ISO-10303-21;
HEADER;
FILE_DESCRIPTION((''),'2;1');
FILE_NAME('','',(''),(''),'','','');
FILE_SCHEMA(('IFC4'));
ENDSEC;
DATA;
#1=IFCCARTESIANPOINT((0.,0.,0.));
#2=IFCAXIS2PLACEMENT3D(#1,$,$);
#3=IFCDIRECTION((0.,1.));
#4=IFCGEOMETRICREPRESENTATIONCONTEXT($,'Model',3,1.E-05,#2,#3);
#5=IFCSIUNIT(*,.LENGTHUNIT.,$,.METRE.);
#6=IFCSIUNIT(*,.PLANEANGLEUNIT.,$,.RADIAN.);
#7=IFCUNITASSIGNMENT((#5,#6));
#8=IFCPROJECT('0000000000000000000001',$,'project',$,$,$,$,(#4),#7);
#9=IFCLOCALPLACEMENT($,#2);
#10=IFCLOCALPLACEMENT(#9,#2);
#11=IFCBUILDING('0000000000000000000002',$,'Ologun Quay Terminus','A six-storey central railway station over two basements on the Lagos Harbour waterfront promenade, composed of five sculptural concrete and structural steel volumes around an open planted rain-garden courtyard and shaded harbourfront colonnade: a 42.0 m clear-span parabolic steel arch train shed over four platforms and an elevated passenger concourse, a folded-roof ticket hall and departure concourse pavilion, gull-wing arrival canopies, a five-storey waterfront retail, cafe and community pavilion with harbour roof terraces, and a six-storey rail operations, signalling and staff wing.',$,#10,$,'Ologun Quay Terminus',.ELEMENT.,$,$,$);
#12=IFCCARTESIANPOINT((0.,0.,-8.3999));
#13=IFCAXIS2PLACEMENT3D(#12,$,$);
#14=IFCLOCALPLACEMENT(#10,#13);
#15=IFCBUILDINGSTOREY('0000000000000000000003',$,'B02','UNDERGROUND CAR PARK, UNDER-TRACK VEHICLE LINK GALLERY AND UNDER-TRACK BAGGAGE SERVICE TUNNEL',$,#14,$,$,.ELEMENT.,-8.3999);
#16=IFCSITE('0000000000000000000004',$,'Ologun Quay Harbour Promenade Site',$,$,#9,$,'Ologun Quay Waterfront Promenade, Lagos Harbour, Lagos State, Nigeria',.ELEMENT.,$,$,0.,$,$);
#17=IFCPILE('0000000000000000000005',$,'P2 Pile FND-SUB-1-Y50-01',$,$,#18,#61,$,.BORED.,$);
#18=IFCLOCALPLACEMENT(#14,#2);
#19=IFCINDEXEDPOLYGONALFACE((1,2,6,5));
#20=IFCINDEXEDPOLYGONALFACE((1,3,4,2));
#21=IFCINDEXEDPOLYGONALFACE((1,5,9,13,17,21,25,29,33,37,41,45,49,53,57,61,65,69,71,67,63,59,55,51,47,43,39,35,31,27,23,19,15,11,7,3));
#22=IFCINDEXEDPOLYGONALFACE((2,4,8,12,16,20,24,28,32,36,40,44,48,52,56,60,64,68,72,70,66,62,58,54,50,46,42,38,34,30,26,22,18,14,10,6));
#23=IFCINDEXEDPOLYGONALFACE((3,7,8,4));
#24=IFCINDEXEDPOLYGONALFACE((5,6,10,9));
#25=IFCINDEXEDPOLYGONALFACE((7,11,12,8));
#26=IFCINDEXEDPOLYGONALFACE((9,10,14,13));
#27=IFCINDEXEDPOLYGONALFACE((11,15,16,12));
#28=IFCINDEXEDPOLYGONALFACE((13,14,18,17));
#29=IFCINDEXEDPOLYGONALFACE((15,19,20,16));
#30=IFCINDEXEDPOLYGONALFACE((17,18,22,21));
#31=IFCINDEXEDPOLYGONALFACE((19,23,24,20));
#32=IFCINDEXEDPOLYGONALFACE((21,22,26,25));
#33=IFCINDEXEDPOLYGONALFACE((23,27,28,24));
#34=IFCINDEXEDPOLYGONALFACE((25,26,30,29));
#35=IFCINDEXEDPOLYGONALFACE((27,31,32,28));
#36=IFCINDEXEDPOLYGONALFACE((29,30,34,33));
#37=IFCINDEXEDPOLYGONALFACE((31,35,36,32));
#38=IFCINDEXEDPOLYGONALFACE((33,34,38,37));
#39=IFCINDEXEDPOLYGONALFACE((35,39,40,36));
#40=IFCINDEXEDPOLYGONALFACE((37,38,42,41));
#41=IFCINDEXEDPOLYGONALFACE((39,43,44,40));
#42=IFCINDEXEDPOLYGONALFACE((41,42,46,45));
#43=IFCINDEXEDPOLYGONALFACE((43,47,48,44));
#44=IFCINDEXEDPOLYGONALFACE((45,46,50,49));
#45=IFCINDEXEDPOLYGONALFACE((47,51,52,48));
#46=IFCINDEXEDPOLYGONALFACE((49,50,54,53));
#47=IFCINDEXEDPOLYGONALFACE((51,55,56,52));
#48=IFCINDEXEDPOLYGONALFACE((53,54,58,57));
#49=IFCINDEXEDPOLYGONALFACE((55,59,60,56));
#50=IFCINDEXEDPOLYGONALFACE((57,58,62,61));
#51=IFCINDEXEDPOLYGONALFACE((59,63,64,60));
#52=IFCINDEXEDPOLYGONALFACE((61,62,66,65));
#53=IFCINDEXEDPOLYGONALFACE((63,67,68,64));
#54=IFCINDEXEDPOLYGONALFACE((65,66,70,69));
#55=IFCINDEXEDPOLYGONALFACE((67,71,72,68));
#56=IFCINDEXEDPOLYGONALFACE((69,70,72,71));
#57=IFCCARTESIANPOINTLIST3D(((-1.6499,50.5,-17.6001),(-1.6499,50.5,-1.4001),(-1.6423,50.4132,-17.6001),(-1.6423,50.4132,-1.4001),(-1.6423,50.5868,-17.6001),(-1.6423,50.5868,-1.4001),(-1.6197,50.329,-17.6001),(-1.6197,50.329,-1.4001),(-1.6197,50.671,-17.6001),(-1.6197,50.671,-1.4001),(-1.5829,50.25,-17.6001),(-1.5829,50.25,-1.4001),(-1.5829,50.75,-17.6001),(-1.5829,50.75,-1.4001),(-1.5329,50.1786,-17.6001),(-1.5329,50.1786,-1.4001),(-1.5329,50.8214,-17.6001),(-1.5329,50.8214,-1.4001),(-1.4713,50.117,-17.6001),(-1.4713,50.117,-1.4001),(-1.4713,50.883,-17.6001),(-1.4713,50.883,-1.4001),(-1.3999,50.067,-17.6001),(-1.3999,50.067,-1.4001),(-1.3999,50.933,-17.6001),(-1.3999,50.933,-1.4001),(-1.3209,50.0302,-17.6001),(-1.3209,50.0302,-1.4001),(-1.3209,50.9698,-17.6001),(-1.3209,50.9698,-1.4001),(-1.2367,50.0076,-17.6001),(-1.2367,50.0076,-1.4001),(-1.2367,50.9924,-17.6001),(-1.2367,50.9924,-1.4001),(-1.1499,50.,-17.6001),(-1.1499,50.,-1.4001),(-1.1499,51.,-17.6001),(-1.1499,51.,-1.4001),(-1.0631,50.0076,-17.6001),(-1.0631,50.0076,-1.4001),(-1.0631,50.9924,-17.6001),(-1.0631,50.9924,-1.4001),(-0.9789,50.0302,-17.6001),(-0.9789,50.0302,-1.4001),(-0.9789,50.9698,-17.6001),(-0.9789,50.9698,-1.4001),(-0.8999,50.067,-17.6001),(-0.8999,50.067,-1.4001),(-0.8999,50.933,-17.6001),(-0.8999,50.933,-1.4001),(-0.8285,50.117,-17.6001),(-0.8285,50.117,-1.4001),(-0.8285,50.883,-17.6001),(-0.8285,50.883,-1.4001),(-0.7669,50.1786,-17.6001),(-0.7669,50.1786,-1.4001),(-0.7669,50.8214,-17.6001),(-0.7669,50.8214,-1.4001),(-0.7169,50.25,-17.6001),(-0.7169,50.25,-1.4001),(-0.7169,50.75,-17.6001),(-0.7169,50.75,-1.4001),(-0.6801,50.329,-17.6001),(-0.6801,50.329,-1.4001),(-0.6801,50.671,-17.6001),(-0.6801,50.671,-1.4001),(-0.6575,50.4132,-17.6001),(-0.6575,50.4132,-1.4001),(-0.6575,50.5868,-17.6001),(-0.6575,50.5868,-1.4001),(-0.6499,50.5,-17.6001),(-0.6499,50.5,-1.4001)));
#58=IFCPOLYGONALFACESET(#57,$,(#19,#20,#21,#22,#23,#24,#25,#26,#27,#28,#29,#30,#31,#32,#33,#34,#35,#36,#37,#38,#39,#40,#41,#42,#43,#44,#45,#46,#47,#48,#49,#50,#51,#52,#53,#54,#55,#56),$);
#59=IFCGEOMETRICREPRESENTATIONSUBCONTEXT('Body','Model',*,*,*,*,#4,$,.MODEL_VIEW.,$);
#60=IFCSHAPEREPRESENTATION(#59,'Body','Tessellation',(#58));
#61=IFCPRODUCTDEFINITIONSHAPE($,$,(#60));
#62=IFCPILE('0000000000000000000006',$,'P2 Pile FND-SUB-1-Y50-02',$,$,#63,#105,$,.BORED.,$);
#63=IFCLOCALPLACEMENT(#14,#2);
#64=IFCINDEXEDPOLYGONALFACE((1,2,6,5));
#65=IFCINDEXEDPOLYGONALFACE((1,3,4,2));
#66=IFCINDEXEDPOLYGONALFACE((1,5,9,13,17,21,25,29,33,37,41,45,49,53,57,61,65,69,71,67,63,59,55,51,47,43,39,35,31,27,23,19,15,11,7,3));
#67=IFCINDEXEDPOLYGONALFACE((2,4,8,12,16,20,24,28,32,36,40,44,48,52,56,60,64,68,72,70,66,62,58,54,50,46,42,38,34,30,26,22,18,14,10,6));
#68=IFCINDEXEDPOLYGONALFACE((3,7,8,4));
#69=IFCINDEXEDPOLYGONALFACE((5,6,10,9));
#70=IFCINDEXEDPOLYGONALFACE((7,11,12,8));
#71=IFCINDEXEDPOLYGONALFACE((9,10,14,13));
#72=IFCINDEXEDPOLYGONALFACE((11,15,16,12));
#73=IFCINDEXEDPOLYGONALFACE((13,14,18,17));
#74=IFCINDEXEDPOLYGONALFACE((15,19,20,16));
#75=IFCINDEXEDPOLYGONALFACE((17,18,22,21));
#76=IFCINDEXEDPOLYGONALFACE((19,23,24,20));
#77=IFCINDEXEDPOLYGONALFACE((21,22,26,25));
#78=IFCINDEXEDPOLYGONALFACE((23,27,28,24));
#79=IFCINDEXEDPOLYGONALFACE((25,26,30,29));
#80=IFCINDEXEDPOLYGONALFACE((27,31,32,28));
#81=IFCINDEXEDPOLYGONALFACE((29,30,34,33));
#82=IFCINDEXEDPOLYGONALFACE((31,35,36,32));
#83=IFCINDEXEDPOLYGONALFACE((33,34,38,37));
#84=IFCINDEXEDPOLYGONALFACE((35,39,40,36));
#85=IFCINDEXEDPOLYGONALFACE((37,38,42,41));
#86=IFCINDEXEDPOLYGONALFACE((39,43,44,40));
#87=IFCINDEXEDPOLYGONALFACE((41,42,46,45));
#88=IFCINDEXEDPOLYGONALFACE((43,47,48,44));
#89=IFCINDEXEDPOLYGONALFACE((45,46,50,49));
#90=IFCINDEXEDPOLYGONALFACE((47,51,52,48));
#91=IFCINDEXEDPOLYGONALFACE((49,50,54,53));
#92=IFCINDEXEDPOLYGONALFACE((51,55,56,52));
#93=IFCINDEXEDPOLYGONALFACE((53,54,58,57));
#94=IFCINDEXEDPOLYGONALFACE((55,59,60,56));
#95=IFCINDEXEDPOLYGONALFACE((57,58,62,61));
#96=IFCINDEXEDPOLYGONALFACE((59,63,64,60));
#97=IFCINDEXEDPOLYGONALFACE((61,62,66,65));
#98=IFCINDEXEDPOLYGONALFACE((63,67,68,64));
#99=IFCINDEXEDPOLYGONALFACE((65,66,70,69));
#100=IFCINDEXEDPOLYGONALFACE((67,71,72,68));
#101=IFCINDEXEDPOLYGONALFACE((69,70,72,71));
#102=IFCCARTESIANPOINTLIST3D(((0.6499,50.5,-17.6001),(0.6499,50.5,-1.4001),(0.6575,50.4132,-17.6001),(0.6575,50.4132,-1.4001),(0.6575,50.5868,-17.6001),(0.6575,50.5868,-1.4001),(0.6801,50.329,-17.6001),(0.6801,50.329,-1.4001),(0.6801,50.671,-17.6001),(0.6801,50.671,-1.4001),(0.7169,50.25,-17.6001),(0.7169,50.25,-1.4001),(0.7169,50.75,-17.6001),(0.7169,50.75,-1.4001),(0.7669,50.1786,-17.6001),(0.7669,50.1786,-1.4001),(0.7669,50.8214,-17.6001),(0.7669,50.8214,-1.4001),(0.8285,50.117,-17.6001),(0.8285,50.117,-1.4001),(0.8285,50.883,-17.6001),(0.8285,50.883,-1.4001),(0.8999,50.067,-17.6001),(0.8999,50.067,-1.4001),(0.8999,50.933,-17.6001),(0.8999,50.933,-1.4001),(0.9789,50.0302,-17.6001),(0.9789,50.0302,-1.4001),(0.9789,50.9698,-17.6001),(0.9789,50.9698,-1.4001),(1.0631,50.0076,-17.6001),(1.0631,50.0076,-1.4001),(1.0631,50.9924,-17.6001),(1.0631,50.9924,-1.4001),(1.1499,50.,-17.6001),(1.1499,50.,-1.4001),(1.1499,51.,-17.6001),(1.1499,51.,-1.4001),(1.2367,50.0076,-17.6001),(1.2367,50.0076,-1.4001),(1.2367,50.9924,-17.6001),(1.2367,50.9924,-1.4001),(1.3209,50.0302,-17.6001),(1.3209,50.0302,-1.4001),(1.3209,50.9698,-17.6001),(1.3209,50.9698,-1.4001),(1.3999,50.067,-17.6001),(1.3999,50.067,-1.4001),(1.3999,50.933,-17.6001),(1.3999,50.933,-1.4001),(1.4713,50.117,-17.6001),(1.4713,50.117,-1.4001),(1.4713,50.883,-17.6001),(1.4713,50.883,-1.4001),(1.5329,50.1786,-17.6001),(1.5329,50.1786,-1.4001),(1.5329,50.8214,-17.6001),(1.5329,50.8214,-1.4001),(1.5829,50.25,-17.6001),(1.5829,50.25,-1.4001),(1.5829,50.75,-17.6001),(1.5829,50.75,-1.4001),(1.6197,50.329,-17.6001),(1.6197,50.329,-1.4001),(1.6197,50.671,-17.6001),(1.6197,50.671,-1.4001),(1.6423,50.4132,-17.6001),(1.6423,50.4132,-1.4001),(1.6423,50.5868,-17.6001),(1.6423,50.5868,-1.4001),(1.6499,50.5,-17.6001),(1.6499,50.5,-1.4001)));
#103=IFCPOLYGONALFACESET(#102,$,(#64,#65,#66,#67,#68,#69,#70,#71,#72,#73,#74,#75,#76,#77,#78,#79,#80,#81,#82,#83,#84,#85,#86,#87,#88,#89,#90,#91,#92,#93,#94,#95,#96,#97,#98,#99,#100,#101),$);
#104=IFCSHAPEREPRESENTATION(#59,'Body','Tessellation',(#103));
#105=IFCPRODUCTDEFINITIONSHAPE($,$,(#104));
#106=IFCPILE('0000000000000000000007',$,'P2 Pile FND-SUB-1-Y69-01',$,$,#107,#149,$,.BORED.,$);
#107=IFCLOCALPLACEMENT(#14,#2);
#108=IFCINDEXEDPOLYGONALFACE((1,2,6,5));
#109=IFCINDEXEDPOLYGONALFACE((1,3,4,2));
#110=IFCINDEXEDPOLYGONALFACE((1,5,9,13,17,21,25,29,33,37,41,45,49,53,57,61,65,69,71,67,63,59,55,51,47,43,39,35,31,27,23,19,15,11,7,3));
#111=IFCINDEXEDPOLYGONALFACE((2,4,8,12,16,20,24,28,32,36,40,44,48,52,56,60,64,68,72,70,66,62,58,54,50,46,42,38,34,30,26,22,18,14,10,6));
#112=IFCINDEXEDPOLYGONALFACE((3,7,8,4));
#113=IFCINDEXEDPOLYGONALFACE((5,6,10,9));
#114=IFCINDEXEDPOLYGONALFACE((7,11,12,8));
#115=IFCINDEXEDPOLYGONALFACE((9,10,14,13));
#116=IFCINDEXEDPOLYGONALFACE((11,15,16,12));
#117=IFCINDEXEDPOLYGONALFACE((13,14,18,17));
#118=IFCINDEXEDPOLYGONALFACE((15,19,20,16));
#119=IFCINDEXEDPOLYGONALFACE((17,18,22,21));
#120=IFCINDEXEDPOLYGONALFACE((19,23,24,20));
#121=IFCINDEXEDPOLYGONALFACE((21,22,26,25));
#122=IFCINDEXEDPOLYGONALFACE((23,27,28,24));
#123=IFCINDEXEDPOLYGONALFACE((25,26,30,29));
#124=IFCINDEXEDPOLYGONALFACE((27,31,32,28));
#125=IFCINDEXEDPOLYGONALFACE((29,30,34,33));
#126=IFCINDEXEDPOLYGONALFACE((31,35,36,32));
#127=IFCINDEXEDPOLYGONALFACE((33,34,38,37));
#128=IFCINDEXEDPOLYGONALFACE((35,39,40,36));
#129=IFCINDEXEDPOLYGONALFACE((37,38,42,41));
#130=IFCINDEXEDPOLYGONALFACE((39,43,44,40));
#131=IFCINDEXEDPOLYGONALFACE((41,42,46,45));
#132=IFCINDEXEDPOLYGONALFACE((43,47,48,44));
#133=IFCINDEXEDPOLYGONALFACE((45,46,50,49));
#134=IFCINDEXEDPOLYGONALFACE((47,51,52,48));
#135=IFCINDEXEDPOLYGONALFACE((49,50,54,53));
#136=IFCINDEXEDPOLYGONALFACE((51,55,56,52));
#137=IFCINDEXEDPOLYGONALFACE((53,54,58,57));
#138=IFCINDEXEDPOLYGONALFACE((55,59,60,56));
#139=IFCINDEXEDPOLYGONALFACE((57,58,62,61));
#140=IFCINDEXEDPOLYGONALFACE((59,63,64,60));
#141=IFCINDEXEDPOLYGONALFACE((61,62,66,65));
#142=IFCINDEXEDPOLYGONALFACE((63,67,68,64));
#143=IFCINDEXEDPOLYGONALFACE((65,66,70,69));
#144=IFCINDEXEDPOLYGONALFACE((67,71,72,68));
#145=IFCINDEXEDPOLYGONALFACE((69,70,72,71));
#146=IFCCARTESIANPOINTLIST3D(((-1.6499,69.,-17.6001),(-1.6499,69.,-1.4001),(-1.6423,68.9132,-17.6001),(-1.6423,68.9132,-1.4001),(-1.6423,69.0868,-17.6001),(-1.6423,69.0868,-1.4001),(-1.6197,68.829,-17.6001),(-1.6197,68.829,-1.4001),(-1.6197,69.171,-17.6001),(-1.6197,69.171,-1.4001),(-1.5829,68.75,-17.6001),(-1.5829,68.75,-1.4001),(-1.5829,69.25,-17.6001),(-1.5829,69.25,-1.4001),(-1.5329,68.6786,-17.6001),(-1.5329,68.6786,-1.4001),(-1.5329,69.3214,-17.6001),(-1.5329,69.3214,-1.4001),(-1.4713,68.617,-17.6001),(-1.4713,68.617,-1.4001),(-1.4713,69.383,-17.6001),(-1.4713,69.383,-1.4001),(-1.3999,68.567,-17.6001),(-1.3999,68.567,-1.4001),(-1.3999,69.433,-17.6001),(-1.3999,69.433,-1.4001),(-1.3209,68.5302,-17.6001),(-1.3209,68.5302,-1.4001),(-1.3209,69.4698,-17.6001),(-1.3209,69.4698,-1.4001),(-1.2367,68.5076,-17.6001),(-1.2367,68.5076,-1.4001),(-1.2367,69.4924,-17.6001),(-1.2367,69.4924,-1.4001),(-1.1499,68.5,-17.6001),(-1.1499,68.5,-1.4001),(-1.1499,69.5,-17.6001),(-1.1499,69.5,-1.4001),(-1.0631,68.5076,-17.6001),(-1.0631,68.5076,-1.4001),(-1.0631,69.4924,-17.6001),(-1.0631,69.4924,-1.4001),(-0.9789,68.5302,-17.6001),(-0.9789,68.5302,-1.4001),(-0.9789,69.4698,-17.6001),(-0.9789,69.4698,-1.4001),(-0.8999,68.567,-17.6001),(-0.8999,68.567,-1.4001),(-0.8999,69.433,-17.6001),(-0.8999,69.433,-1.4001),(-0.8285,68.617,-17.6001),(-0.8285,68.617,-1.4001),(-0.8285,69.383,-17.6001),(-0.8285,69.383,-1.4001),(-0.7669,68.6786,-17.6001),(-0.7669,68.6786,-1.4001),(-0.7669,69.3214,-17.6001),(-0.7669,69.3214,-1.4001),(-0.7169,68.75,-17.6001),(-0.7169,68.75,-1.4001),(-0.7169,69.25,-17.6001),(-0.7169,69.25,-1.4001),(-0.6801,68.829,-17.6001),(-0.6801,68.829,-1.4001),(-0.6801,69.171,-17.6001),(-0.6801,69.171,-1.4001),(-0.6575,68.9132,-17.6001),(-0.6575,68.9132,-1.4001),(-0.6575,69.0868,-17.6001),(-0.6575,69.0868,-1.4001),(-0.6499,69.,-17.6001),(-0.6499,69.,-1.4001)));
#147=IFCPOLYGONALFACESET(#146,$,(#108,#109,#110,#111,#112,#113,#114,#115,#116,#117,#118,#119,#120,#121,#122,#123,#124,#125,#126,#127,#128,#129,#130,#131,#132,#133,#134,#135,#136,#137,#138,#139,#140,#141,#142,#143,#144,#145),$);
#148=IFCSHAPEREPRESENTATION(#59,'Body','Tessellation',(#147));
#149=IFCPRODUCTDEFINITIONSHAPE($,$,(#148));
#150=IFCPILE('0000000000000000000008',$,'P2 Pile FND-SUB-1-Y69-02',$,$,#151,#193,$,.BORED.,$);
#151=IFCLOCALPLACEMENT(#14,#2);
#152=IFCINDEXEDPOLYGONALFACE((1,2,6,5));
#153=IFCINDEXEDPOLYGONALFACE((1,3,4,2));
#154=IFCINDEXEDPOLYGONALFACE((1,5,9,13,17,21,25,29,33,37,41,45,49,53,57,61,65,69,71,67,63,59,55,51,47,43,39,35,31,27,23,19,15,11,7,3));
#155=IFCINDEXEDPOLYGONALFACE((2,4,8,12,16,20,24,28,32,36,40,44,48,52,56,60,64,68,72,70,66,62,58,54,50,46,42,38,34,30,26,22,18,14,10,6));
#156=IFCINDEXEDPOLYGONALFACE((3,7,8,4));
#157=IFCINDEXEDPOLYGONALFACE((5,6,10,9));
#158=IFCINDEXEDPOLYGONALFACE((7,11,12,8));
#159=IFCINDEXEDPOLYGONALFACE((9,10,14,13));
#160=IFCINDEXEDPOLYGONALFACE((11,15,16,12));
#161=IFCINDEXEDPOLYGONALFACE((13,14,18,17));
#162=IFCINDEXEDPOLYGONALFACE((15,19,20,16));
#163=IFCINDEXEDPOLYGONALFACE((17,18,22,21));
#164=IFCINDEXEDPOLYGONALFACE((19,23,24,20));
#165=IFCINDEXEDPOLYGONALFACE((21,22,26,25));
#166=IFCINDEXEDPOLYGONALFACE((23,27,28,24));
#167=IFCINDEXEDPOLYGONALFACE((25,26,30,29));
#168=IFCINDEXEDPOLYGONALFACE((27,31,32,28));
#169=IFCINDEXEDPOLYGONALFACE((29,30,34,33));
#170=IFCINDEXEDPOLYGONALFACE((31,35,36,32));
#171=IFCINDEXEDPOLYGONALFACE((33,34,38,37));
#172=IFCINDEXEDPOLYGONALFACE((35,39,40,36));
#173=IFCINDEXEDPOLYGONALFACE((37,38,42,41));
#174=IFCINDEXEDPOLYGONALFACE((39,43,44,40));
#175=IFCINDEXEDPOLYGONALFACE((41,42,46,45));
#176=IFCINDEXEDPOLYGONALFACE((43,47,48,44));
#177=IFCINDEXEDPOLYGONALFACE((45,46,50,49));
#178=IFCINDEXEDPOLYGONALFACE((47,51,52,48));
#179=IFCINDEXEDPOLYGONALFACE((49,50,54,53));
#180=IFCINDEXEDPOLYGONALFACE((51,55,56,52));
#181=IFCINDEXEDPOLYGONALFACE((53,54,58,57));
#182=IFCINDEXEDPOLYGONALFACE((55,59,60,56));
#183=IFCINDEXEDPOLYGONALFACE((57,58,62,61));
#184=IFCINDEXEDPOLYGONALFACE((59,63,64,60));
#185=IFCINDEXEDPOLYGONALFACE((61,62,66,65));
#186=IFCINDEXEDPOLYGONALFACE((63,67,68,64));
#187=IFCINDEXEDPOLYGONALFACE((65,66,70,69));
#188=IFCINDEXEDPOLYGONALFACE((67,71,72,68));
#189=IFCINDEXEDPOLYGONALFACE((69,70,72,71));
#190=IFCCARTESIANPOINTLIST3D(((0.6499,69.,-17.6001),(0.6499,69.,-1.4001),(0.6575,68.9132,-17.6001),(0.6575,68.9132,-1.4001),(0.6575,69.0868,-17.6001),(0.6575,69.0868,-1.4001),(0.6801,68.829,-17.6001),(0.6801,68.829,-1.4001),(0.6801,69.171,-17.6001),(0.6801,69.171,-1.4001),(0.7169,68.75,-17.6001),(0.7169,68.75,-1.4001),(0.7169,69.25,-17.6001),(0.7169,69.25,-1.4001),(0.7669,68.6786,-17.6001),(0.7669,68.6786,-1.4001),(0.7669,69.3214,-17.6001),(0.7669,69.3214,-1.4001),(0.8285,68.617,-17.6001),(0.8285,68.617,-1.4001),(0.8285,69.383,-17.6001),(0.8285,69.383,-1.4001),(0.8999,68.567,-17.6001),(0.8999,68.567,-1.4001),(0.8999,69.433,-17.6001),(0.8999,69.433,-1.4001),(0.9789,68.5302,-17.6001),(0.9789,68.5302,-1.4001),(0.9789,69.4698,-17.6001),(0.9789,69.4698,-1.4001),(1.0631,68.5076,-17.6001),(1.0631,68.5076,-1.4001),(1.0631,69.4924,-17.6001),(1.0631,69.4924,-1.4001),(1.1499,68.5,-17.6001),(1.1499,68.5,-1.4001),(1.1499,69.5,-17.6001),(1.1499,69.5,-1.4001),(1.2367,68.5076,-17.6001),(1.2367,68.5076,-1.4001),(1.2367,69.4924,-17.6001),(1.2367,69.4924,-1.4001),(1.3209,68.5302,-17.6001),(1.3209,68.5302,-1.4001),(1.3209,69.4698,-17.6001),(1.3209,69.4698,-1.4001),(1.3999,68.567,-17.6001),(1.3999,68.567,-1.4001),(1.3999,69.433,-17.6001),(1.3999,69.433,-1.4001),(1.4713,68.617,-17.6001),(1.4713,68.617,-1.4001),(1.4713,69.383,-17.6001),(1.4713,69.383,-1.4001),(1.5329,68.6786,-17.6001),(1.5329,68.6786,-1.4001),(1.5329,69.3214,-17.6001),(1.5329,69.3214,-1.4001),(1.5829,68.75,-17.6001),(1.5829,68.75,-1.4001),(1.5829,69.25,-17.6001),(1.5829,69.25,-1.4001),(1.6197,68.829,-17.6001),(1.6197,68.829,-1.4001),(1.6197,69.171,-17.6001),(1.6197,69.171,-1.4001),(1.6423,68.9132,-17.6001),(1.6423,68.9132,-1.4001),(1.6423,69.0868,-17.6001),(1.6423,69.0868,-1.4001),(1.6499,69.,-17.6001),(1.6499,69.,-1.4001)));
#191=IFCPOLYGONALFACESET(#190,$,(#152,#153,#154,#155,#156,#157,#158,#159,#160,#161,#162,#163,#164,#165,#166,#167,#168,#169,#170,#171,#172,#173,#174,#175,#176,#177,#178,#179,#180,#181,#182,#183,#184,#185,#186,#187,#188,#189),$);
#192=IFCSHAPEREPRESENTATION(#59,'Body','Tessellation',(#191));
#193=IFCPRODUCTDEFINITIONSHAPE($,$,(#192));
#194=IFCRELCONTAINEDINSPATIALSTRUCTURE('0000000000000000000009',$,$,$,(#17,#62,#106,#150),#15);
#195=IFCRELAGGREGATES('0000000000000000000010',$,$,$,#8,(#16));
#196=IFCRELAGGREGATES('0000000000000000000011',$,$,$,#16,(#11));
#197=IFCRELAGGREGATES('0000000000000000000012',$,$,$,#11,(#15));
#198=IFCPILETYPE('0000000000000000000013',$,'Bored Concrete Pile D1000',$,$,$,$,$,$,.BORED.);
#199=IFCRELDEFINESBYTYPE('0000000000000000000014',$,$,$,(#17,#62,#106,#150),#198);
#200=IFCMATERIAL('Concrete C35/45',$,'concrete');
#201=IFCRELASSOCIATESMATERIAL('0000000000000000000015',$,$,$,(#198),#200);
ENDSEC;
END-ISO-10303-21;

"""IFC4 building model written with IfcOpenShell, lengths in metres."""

from ifc_helpers import new_model, si_unit, direction, frame, origin, origin_2d, place, context, subcontext, project, spatial, circle, extrude, material, material_profile, profile_set, type_object, element, save


model = new_model("IFC4")

# Units and contexts
model_context = context("Model", 3, precision=1e-05, world=origin(), true_north=direction((0.0, 1.0)))
body_context = subcontext(model_context, "Body", "Model", "MODEL_VIEW")
ifc_project = project(units=[si_unit("LENGTHUNIT", "METRE"), si_unit("PLANEANGLEUNIT", "RADIAN")], contexts=[model_context])

# Site, building, storey
site_placement = place(None, origin())
site = spatial("IfcSite", under=ifc_project, at=site_placement, Name="Ologun Quay Harbour Promenade Site", LongName="Ologun Quay Waterfront Promenade, Lagos Harbour, Lagos State, Nigeria", CompositionType="ELEMENT", RefElevation=0.0)
building_placement = place(site_placement, origin())
building = spatial("IfcBuilding", under=site, at=building_placement, Name="Ologun Quay Terminus", Description="A six-storey central railway station over two basements on the Lagos Harbour waterfront promenade, composed of five sculptural concrete and structural steel volumes around an open planted rain-garden courtyard and shaded harbourfront colonnade: a 42.0 m clear-span parabolic steel arch train shed over four platforms and an elevated passenger concourse, a folded-roof ticket hall and departure concourse pavilion, gull-wing arrival canopies, a five-storey waterfront retail, cafe and community pavilion with harbour roof terraces, and a six-storey rail operations, signalling and staff wing.", LongName="Ologun Quay Terminus", CompositionType="ELEMENT")
storey_placement = place(building_placement, frame((0.0, 0.0, -8.3999)))
storey = spatial("IfcBuildingStorey", under=building, at=storey_placement, Name="B02", Description="UNDERGROUND CAR PARK, UNDER-TRACK VEHICLE LINK GALLERY AND UNDER-TRACK BAGGAGE SERVICE TUNNEL", CompositionType="ELEMENT", Elevation=-8.3999)

# Piles
ifc_material_1 = material(Name="Concrete C35/45", Category="concrete")
ifc_material_profile_1 = material_profile(ifc_material_1, circle(Radius=0.5, at=origin_2d()), Name="PILE D1000")
ifc_profile_set_1 = profile_set([ifc_material_profile_1], Name="Concrete C35/45")
pile_type = type_object("IfcPileType", Name="Bored Concrete Pile D1000", PredefinedType="BORED", material=ifc_profile_set_1)
for number, where, z_axis, x_axis, name in (
    (1, (-1.1499, 50.5, -1.4001), (0.0, 0.0, -1.0), (1.0, 0.0, 0.0), "P2 Pile FND-SUB-1-Y50-01"),
    (2, (1.1499, 50.5, -1.4001), (0.0, 0.0, -1.0), (1.0, 0.0, 0.0), "P2 Pile FND-SUB-1-Y50-02"),
    (3, (-1.1499, 69.0, -1.4001), (0.0, 0.0, -1.0), (1.0, 0.0, 0.0), "P2 Pile FND-SUB-1-Y69-01"),
    (4, (1.1499, 69.0, -1.4001), (0.0, 0.0, -1.0), (1.0, 0.0, 0.0), "P2 Pile FND-SUB-1-Y69-02"),
):
    element("IfcPile", number, at=place(storey_placement, frame(where, z_axis=z_axis, x_axis=x_axis)), inside=storey, type_object=pile_type, Name=name, PredefinedType="BORED", context=body_context, shape_type="SweptSolid", body=[
        extrude(circle(Radius=0.5, at=origin_2d()), origin(), (0.0, 0.0, 1.0), 16.2),
    ])

save(model, "model.ifc")
